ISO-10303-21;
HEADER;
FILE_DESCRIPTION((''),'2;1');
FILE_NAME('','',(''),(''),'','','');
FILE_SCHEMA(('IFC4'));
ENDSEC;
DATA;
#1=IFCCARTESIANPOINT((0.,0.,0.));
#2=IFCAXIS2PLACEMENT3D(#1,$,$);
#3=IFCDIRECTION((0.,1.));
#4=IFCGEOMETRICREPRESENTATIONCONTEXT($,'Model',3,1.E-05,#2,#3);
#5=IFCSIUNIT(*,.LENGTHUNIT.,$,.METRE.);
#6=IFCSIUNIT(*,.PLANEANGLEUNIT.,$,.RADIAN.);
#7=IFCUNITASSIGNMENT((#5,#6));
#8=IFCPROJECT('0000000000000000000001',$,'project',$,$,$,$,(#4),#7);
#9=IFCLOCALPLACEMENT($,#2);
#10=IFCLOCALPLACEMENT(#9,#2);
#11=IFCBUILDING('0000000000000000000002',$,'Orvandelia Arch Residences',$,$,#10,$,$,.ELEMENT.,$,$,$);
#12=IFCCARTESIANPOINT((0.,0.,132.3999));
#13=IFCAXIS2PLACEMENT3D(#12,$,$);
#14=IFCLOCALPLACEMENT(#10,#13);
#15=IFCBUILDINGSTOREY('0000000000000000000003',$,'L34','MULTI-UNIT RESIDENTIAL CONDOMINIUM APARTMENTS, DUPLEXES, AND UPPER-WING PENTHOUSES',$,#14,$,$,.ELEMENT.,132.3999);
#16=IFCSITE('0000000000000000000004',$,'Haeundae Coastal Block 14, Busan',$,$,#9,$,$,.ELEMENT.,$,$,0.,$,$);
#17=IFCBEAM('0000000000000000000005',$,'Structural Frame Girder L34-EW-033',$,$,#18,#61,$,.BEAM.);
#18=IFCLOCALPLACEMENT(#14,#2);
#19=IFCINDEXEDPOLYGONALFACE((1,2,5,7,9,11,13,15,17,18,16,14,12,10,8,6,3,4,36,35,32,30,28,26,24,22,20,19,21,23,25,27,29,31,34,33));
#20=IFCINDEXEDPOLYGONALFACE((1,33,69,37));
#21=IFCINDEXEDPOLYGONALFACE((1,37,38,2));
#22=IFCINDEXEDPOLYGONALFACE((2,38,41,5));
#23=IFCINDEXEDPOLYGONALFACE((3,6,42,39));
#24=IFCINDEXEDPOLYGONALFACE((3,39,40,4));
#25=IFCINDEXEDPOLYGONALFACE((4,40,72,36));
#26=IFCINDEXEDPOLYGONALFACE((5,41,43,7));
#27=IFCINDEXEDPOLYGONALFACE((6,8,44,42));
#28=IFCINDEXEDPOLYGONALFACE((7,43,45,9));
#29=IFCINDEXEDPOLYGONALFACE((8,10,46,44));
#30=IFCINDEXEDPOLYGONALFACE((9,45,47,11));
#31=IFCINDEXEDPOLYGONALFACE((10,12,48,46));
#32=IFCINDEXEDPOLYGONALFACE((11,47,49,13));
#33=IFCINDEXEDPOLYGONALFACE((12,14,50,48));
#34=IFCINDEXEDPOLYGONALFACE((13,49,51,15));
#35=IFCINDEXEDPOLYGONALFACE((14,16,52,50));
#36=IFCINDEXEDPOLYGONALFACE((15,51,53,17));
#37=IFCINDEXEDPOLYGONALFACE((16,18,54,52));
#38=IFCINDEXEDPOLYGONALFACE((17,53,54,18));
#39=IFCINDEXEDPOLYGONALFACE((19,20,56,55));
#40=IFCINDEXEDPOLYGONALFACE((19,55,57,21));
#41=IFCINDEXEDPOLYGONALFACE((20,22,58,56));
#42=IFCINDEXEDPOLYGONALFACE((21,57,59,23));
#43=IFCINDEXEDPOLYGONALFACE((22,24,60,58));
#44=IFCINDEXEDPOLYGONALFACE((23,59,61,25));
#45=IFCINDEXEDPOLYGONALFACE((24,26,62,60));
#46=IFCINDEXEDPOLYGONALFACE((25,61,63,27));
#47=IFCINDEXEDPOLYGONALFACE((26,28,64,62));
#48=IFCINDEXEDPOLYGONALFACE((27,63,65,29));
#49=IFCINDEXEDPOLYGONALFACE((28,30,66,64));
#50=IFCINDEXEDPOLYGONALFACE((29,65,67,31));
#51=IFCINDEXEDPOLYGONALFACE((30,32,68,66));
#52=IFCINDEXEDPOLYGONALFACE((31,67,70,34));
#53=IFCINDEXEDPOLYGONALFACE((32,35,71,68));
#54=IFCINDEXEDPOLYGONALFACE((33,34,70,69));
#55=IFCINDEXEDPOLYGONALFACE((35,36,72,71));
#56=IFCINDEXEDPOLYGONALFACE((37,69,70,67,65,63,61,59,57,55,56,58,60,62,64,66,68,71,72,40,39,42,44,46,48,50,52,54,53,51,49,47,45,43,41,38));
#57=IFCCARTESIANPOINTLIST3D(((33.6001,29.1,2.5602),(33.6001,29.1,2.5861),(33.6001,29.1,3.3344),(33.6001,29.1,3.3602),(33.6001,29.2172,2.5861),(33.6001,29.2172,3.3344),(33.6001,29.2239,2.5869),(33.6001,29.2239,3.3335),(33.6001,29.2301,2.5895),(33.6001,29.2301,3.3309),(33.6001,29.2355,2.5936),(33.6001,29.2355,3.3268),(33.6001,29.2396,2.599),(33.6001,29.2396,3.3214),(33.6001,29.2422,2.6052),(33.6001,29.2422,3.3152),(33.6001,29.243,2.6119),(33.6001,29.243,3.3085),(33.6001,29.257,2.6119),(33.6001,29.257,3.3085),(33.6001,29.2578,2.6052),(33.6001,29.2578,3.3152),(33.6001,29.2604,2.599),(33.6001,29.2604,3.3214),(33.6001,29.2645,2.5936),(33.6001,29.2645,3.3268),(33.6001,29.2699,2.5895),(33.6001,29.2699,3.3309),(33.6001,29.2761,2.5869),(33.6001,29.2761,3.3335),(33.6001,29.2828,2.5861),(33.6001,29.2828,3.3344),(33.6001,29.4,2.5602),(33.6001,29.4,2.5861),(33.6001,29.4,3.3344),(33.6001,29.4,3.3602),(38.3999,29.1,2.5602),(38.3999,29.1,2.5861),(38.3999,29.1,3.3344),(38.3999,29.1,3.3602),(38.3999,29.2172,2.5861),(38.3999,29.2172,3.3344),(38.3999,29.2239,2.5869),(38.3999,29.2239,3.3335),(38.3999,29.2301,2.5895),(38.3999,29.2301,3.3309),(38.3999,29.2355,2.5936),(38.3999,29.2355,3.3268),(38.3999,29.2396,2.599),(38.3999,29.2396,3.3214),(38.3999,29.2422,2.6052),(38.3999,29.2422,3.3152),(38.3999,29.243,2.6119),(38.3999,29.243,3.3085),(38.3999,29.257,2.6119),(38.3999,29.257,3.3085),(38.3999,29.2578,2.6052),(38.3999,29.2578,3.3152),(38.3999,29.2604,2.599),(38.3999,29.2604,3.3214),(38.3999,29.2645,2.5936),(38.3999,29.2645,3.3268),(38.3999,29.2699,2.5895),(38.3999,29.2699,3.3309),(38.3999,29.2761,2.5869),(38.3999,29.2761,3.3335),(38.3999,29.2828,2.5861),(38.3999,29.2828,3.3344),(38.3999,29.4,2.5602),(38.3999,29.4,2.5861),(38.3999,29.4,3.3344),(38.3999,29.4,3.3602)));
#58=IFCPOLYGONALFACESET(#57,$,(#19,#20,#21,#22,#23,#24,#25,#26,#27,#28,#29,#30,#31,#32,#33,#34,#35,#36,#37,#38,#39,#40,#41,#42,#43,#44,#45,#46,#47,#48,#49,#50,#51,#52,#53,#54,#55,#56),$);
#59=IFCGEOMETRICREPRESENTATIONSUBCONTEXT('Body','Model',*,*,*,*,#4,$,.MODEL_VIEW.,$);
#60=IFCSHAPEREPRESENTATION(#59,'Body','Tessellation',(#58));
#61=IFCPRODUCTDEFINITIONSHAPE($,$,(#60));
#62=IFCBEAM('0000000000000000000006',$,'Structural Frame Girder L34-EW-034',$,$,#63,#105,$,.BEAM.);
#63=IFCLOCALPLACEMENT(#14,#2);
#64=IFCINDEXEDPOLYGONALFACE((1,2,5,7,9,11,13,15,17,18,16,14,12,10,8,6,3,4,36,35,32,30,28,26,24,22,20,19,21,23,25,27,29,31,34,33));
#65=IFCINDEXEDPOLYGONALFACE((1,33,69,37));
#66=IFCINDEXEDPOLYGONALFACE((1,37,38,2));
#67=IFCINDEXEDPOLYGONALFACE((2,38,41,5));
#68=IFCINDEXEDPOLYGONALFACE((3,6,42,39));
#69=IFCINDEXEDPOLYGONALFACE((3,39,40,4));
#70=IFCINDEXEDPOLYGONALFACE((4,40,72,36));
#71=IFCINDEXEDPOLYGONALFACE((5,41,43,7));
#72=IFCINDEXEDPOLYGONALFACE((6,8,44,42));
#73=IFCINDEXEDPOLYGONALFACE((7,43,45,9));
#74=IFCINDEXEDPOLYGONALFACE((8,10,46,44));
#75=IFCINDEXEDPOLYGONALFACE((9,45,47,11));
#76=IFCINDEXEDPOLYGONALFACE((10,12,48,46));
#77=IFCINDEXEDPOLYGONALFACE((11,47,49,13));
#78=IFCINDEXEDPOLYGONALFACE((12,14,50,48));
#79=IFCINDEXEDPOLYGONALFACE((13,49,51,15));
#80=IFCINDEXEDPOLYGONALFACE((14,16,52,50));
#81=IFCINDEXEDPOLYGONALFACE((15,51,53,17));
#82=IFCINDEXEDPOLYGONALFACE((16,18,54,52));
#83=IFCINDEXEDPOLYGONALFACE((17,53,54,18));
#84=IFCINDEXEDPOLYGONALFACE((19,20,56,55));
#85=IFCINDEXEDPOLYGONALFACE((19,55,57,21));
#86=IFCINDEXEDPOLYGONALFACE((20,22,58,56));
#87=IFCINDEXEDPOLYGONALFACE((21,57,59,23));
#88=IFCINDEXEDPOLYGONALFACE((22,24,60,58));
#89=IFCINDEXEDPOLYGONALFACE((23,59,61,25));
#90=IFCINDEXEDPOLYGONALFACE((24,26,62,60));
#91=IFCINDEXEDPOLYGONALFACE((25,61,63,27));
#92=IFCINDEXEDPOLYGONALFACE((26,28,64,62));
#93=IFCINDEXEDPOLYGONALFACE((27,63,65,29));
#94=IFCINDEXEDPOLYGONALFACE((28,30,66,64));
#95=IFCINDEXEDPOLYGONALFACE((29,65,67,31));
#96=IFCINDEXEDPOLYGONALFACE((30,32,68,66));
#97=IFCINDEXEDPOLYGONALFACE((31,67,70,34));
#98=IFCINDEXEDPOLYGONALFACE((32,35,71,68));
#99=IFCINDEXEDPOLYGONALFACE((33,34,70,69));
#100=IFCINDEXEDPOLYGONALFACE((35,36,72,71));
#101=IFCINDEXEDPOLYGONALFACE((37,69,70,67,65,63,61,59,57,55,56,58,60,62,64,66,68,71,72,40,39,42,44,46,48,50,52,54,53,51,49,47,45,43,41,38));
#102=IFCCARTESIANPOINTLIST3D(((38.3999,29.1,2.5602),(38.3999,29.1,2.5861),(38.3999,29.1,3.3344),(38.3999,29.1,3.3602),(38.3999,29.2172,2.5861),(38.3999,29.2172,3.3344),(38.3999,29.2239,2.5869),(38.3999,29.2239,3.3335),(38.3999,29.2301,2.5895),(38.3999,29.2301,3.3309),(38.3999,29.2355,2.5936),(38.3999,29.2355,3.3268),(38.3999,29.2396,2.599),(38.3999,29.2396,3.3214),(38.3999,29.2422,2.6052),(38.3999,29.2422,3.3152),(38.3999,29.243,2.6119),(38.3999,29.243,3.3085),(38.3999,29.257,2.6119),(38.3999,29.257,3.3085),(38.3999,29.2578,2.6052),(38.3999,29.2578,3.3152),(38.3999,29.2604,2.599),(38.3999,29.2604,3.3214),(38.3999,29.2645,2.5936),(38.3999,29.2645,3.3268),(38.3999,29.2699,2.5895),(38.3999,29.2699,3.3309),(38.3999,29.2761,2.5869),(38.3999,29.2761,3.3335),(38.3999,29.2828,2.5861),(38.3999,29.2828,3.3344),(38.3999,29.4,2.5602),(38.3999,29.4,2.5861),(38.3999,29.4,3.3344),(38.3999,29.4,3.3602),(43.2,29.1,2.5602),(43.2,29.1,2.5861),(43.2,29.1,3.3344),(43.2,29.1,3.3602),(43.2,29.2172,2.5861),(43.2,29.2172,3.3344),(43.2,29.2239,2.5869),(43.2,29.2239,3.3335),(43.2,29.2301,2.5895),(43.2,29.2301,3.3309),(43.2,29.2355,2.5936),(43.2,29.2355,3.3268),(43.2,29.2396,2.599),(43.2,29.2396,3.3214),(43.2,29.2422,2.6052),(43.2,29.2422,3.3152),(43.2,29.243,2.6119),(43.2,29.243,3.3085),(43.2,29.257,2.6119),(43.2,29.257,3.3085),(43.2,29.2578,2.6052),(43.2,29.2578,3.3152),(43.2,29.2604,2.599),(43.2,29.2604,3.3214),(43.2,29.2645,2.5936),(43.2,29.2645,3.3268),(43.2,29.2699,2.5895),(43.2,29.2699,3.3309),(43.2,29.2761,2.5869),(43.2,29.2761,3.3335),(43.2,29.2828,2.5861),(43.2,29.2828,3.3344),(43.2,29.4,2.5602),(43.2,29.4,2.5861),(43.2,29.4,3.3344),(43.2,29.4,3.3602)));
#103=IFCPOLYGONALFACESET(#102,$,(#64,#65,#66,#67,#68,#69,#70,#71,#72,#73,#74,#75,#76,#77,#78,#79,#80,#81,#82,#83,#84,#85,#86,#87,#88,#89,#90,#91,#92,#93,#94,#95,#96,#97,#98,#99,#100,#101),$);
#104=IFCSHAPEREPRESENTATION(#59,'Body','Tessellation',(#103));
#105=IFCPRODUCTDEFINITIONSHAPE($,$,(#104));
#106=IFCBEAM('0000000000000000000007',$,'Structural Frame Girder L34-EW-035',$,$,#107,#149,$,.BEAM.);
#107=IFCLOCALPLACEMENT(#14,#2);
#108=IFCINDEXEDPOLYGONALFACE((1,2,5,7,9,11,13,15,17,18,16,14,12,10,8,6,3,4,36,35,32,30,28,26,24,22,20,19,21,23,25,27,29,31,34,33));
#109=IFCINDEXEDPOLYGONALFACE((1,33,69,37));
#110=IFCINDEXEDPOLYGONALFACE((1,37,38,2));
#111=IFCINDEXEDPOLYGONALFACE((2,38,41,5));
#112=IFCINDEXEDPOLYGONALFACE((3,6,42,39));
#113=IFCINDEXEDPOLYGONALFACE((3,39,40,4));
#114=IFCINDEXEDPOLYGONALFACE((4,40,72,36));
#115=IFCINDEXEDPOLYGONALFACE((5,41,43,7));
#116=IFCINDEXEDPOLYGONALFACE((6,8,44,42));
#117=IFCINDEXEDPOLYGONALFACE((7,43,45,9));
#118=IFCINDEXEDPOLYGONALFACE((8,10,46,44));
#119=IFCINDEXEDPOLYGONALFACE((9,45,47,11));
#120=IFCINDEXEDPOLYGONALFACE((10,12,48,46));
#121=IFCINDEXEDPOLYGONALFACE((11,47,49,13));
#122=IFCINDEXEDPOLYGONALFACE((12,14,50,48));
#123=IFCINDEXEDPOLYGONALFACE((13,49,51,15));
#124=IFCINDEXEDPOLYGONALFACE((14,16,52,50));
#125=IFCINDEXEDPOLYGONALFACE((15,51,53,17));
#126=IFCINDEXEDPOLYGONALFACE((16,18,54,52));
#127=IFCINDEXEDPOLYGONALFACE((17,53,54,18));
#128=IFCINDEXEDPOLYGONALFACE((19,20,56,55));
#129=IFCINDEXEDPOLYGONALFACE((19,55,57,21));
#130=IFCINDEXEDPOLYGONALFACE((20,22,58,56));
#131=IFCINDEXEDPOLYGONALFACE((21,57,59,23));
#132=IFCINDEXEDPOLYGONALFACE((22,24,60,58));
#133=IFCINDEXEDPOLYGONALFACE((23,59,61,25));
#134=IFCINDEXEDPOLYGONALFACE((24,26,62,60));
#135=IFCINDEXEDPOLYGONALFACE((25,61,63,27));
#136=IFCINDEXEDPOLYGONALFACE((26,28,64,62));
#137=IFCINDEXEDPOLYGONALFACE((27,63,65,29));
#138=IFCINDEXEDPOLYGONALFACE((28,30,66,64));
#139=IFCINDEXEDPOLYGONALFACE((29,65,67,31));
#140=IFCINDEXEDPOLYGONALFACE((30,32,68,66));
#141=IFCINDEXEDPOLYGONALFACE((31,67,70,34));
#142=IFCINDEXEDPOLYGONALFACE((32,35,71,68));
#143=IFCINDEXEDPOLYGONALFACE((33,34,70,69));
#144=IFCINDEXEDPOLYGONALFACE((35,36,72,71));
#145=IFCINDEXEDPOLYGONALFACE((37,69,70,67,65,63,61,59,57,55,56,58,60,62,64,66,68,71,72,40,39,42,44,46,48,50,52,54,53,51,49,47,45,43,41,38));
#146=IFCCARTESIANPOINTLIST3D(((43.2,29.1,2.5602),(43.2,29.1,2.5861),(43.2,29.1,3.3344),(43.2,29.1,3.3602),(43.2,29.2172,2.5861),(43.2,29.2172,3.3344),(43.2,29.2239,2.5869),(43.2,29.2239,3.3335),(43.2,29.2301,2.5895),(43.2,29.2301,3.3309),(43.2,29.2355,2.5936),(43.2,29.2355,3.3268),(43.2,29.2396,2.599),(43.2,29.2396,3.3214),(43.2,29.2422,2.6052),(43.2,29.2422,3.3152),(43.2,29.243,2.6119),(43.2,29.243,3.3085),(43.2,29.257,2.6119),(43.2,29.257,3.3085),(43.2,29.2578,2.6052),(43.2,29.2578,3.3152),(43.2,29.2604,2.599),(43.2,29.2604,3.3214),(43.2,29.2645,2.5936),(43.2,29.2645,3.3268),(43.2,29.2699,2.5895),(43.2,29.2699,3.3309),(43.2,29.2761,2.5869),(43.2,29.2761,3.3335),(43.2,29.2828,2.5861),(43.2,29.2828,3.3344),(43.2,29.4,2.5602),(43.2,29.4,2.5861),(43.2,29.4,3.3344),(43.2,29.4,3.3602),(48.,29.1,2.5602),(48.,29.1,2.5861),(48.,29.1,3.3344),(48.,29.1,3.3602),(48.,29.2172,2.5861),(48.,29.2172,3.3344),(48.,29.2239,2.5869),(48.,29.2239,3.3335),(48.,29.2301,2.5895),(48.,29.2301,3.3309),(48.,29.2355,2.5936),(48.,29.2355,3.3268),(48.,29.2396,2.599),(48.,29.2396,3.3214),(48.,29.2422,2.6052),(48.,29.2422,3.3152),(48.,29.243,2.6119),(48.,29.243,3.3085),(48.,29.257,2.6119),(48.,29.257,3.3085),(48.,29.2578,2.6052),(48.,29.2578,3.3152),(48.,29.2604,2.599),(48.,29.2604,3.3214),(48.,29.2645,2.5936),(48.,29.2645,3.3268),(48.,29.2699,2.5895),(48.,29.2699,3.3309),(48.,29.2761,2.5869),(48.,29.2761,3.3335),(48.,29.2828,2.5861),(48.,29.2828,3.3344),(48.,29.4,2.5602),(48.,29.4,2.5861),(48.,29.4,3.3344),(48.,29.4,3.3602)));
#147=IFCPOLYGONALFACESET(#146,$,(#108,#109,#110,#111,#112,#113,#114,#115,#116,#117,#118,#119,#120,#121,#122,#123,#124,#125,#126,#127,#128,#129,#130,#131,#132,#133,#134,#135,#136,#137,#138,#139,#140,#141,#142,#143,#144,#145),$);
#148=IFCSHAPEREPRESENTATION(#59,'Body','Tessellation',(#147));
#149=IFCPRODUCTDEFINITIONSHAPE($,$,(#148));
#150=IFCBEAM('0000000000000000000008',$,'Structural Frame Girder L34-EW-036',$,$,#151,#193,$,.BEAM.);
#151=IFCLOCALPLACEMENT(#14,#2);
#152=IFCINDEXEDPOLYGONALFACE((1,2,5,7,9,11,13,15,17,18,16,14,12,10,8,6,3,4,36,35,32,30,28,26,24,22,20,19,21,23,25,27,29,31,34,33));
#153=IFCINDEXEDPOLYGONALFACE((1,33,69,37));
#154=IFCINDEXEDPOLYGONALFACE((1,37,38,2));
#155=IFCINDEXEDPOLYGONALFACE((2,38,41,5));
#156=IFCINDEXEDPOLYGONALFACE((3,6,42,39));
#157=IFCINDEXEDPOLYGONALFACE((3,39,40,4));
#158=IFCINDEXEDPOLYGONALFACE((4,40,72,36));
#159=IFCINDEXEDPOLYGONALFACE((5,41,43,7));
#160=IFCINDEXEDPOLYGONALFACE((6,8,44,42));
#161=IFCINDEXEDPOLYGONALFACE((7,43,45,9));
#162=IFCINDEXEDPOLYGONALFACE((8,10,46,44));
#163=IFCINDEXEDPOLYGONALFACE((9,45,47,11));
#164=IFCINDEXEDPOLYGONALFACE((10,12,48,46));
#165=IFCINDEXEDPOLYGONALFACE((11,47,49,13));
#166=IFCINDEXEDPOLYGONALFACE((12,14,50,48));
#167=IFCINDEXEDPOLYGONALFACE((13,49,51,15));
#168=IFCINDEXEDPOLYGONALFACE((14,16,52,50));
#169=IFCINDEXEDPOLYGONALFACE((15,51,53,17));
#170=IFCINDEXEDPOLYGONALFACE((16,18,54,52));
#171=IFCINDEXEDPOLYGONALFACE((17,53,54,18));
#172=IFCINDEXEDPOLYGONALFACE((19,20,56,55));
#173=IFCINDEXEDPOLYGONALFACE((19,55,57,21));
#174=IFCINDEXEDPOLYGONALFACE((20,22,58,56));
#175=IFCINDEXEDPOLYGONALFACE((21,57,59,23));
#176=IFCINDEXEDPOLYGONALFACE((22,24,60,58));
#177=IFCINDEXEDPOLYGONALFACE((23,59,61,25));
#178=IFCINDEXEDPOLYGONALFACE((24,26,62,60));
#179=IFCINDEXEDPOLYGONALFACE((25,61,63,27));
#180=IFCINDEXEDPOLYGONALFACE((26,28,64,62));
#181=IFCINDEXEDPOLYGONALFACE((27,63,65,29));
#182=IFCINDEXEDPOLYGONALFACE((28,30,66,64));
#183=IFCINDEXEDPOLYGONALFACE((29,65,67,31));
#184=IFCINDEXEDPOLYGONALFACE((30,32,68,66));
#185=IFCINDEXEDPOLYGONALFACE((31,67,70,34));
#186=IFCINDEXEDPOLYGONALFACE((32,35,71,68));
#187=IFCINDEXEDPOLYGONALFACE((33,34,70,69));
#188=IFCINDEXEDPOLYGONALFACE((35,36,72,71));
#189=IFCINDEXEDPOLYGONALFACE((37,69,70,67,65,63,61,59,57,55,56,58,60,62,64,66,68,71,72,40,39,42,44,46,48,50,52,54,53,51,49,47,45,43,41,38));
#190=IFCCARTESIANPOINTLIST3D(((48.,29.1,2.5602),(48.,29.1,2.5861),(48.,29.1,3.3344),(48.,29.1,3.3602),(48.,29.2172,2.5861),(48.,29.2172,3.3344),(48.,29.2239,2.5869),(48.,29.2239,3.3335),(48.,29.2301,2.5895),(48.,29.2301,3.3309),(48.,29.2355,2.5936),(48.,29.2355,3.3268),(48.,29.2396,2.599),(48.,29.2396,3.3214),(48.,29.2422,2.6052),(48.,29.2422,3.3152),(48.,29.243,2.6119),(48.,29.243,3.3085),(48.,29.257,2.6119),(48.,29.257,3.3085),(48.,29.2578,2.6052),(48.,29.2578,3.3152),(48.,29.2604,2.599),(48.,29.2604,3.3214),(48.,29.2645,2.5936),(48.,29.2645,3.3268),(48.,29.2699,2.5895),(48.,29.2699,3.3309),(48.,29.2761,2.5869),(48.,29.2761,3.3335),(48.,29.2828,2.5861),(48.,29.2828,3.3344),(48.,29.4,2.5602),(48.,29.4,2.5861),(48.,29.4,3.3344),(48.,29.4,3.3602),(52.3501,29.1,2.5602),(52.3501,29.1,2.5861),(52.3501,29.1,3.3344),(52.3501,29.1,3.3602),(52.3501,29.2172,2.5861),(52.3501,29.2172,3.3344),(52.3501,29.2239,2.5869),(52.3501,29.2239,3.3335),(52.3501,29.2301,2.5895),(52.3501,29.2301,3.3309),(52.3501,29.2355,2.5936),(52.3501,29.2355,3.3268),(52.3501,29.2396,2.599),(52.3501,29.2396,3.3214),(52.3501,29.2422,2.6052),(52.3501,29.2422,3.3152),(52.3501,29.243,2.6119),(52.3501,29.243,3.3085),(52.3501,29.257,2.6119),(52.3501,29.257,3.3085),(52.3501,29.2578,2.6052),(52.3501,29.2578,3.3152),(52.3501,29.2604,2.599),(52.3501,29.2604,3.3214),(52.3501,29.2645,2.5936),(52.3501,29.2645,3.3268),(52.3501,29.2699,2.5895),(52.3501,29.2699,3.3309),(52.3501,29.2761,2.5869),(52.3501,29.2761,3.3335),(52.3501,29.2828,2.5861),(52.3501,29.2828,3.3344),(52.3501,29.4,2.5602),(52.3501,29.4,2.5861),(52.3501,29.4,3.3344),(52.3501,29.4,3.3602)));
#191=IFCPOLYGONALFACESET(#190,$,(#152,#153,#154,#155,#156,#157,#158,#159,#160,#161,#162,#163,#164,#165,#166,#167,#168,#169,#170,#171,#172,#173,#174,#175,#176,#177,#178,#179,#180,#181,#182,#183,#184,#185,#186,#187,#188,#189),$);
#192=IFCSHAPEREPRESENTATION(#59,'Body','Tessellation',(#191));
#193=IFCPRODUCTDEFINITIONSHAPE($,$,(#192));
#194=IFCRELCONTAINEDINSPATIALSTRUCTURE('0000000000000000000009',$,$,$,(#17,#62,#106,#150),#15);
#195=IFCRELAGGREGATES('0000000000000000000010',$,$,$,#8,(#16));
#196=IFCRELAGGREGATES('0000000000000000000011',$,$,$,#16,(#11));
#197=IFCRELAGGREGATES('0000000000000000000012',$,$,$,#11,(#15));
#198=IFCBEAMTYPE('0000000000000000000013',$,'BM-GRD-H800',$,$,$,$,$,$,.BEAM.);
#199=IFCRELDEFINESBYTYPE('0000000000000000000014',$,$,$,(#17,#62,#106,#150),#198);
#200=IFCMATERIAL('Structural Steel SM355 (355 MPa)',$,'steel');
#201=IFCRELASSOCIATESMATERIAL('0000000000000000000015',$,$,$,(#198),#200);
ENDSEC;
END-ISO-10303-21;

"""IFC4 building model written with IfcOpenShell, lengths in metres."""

from ifc_helpers import new_model, si_unit, direction, frame, origin, origin_2d, place, context, subcontext, project, spatial, i_section, extrude, material, material_profile, profile_set, type_object, element, save


model = new_model("IFC4")

# Units and contexts
model_context = context("Model", 3, precision=1e-05, world=origin(), true_north=direction((0.0, 1.0)))
body_context = subcontext(model_context, "Body", "Model", "MODEL_VIEW")
ifc_project = project(units=[si_unit("LENGTHUNIT", "METRE"), si_unit("PLANEANGLEUNIT", "RADIAN")], contexts=[model_context])

# Site, building, storey
site_placement = place(None, origin())
site = spatial("IfcSite", under=ifc_project, at=site_placement, Name="Haeundae Coastal Block 14, Busan", CompositionType="ELEMENT", RefElevation=0.0)
building_placement = place(site_placement, origin())
building = spatial("IfcBuilding", under=site, at=building_placement, Name="Orvandelia Arch Residences", CompositionType="ELEMENT")
storey_placement = place(building_placement, frame((0.0, 0.0, 132.3999)))
storey = spatial("IfcBuildingStorey", under=building, at=storey_placement, Name="L34", Description="MULTI-UNIT RESIDENTIAL CONDOMINIUM APARTMENTS, DUPLEXES, AND UPPER-WING PENTHOUSES", CompositionType="ELEMENT", Elevation=132.3999)

# Beams
ifc_material_1 = material(Name="Structural Steel SM355 (355 MPa)", Category="steel")
ifc_material_profile_1 = material_profile(ifc_material_1, i_section(OverallWidth=0.3, OverallDepth=0.8, WebThickness=0.0139, FlangeThickness=0.0259, FilletRadius=0.0259, at=origin_2d()), Name="Structural Steel SM355 (355 MPa)", Category="steel")
ifc_profile_set_1 = profile_set([ifc_material_profile_1], Name="Structural Steel SM355 (355 MPa)")
beam_type = type_object("IfcBeamType", Name="BM-GRD-H800", PredefinedType="BEAM", material=ifc_profile_set_1)
beam_1_placement = place(storey_placement, frame((33.6001, 29.25, 2.9602), z_axis=(1.0, 0.0, 0.0), x_axis=(0.0, 1.0, 0.0)))
element("IfcBeam", 1, at=beam_1_placement, inside=storey, type_object=beam_type, Name="Structural Frame Girder L34-EW-033", PredefinedType="BEAM", context=body_context, shape_type="SweptSolid", body=[
    extrude(i_section(OverallWidth=0.3, OverallDepth=0.8, WebThickness=0.0139, FlangeThickness=0.0259, FilletRadius=0.0259, at=origin_2d()), origin(), (0.0, 0.0, 1.0), 4.7998),
])
for number, where, z_axis, x_axis, name in (
    (2, (38.3999, 29.25, 2.9602), (1.0, 0.0, 0.0), (0.0, 1.0, 0.0), "Structural Frame Girder L34-EW-034"),
    (3, (43.2, 29.25, 2.9602), (1.0, 0.0, 0.0), (0.0, 1.0, 0.0), "Structural Frame Girder L34-EW-035"),
):
    element("IfcBeam", number, at=place(storey_placement, frame(where, z_axis=z_axis, x_axis=x_axis)), inside=storey, type_object=beam_type, Name=name, PredefinedType="BEAM", context=body_context, shape_type="SweptSolid", body=[
        extrude(i_section(OverallWidth=0.3, OverallDepth=0.8, WebThickness=0.0139, FlangeThickness=0.0259, FilletRadius=0.0259, at=origin_2d()), origin(), (0.0, 0.0, 1.0), 4.8),
    ])
beam_2_placement = place(storey_placement, frame((48.0, 29.25, 2.9602), z_axis=(1.0, 0.0, 0.0), x_axis=(0.0, 1.0, 0.0)))
element("IfcBeam", 4, at=beam_2_placement, inside=storey, type_object=beam_type, Name="Structural Frame Girder L34-EW-036", PredefinedType="BEAM", context=body_context, shape_type="SweptSolid", body=[
    extrude(i_section(OverallWidth=0.3, OverallDepth=0.8, WebThickness=0.0139, FlangeThickness=0.0259, FilletRadius=0.0259, at=origin_2d()), origin(), (0.0, 0.0, 1.0), 4.3501),
])

save(model, "model.ifc")
